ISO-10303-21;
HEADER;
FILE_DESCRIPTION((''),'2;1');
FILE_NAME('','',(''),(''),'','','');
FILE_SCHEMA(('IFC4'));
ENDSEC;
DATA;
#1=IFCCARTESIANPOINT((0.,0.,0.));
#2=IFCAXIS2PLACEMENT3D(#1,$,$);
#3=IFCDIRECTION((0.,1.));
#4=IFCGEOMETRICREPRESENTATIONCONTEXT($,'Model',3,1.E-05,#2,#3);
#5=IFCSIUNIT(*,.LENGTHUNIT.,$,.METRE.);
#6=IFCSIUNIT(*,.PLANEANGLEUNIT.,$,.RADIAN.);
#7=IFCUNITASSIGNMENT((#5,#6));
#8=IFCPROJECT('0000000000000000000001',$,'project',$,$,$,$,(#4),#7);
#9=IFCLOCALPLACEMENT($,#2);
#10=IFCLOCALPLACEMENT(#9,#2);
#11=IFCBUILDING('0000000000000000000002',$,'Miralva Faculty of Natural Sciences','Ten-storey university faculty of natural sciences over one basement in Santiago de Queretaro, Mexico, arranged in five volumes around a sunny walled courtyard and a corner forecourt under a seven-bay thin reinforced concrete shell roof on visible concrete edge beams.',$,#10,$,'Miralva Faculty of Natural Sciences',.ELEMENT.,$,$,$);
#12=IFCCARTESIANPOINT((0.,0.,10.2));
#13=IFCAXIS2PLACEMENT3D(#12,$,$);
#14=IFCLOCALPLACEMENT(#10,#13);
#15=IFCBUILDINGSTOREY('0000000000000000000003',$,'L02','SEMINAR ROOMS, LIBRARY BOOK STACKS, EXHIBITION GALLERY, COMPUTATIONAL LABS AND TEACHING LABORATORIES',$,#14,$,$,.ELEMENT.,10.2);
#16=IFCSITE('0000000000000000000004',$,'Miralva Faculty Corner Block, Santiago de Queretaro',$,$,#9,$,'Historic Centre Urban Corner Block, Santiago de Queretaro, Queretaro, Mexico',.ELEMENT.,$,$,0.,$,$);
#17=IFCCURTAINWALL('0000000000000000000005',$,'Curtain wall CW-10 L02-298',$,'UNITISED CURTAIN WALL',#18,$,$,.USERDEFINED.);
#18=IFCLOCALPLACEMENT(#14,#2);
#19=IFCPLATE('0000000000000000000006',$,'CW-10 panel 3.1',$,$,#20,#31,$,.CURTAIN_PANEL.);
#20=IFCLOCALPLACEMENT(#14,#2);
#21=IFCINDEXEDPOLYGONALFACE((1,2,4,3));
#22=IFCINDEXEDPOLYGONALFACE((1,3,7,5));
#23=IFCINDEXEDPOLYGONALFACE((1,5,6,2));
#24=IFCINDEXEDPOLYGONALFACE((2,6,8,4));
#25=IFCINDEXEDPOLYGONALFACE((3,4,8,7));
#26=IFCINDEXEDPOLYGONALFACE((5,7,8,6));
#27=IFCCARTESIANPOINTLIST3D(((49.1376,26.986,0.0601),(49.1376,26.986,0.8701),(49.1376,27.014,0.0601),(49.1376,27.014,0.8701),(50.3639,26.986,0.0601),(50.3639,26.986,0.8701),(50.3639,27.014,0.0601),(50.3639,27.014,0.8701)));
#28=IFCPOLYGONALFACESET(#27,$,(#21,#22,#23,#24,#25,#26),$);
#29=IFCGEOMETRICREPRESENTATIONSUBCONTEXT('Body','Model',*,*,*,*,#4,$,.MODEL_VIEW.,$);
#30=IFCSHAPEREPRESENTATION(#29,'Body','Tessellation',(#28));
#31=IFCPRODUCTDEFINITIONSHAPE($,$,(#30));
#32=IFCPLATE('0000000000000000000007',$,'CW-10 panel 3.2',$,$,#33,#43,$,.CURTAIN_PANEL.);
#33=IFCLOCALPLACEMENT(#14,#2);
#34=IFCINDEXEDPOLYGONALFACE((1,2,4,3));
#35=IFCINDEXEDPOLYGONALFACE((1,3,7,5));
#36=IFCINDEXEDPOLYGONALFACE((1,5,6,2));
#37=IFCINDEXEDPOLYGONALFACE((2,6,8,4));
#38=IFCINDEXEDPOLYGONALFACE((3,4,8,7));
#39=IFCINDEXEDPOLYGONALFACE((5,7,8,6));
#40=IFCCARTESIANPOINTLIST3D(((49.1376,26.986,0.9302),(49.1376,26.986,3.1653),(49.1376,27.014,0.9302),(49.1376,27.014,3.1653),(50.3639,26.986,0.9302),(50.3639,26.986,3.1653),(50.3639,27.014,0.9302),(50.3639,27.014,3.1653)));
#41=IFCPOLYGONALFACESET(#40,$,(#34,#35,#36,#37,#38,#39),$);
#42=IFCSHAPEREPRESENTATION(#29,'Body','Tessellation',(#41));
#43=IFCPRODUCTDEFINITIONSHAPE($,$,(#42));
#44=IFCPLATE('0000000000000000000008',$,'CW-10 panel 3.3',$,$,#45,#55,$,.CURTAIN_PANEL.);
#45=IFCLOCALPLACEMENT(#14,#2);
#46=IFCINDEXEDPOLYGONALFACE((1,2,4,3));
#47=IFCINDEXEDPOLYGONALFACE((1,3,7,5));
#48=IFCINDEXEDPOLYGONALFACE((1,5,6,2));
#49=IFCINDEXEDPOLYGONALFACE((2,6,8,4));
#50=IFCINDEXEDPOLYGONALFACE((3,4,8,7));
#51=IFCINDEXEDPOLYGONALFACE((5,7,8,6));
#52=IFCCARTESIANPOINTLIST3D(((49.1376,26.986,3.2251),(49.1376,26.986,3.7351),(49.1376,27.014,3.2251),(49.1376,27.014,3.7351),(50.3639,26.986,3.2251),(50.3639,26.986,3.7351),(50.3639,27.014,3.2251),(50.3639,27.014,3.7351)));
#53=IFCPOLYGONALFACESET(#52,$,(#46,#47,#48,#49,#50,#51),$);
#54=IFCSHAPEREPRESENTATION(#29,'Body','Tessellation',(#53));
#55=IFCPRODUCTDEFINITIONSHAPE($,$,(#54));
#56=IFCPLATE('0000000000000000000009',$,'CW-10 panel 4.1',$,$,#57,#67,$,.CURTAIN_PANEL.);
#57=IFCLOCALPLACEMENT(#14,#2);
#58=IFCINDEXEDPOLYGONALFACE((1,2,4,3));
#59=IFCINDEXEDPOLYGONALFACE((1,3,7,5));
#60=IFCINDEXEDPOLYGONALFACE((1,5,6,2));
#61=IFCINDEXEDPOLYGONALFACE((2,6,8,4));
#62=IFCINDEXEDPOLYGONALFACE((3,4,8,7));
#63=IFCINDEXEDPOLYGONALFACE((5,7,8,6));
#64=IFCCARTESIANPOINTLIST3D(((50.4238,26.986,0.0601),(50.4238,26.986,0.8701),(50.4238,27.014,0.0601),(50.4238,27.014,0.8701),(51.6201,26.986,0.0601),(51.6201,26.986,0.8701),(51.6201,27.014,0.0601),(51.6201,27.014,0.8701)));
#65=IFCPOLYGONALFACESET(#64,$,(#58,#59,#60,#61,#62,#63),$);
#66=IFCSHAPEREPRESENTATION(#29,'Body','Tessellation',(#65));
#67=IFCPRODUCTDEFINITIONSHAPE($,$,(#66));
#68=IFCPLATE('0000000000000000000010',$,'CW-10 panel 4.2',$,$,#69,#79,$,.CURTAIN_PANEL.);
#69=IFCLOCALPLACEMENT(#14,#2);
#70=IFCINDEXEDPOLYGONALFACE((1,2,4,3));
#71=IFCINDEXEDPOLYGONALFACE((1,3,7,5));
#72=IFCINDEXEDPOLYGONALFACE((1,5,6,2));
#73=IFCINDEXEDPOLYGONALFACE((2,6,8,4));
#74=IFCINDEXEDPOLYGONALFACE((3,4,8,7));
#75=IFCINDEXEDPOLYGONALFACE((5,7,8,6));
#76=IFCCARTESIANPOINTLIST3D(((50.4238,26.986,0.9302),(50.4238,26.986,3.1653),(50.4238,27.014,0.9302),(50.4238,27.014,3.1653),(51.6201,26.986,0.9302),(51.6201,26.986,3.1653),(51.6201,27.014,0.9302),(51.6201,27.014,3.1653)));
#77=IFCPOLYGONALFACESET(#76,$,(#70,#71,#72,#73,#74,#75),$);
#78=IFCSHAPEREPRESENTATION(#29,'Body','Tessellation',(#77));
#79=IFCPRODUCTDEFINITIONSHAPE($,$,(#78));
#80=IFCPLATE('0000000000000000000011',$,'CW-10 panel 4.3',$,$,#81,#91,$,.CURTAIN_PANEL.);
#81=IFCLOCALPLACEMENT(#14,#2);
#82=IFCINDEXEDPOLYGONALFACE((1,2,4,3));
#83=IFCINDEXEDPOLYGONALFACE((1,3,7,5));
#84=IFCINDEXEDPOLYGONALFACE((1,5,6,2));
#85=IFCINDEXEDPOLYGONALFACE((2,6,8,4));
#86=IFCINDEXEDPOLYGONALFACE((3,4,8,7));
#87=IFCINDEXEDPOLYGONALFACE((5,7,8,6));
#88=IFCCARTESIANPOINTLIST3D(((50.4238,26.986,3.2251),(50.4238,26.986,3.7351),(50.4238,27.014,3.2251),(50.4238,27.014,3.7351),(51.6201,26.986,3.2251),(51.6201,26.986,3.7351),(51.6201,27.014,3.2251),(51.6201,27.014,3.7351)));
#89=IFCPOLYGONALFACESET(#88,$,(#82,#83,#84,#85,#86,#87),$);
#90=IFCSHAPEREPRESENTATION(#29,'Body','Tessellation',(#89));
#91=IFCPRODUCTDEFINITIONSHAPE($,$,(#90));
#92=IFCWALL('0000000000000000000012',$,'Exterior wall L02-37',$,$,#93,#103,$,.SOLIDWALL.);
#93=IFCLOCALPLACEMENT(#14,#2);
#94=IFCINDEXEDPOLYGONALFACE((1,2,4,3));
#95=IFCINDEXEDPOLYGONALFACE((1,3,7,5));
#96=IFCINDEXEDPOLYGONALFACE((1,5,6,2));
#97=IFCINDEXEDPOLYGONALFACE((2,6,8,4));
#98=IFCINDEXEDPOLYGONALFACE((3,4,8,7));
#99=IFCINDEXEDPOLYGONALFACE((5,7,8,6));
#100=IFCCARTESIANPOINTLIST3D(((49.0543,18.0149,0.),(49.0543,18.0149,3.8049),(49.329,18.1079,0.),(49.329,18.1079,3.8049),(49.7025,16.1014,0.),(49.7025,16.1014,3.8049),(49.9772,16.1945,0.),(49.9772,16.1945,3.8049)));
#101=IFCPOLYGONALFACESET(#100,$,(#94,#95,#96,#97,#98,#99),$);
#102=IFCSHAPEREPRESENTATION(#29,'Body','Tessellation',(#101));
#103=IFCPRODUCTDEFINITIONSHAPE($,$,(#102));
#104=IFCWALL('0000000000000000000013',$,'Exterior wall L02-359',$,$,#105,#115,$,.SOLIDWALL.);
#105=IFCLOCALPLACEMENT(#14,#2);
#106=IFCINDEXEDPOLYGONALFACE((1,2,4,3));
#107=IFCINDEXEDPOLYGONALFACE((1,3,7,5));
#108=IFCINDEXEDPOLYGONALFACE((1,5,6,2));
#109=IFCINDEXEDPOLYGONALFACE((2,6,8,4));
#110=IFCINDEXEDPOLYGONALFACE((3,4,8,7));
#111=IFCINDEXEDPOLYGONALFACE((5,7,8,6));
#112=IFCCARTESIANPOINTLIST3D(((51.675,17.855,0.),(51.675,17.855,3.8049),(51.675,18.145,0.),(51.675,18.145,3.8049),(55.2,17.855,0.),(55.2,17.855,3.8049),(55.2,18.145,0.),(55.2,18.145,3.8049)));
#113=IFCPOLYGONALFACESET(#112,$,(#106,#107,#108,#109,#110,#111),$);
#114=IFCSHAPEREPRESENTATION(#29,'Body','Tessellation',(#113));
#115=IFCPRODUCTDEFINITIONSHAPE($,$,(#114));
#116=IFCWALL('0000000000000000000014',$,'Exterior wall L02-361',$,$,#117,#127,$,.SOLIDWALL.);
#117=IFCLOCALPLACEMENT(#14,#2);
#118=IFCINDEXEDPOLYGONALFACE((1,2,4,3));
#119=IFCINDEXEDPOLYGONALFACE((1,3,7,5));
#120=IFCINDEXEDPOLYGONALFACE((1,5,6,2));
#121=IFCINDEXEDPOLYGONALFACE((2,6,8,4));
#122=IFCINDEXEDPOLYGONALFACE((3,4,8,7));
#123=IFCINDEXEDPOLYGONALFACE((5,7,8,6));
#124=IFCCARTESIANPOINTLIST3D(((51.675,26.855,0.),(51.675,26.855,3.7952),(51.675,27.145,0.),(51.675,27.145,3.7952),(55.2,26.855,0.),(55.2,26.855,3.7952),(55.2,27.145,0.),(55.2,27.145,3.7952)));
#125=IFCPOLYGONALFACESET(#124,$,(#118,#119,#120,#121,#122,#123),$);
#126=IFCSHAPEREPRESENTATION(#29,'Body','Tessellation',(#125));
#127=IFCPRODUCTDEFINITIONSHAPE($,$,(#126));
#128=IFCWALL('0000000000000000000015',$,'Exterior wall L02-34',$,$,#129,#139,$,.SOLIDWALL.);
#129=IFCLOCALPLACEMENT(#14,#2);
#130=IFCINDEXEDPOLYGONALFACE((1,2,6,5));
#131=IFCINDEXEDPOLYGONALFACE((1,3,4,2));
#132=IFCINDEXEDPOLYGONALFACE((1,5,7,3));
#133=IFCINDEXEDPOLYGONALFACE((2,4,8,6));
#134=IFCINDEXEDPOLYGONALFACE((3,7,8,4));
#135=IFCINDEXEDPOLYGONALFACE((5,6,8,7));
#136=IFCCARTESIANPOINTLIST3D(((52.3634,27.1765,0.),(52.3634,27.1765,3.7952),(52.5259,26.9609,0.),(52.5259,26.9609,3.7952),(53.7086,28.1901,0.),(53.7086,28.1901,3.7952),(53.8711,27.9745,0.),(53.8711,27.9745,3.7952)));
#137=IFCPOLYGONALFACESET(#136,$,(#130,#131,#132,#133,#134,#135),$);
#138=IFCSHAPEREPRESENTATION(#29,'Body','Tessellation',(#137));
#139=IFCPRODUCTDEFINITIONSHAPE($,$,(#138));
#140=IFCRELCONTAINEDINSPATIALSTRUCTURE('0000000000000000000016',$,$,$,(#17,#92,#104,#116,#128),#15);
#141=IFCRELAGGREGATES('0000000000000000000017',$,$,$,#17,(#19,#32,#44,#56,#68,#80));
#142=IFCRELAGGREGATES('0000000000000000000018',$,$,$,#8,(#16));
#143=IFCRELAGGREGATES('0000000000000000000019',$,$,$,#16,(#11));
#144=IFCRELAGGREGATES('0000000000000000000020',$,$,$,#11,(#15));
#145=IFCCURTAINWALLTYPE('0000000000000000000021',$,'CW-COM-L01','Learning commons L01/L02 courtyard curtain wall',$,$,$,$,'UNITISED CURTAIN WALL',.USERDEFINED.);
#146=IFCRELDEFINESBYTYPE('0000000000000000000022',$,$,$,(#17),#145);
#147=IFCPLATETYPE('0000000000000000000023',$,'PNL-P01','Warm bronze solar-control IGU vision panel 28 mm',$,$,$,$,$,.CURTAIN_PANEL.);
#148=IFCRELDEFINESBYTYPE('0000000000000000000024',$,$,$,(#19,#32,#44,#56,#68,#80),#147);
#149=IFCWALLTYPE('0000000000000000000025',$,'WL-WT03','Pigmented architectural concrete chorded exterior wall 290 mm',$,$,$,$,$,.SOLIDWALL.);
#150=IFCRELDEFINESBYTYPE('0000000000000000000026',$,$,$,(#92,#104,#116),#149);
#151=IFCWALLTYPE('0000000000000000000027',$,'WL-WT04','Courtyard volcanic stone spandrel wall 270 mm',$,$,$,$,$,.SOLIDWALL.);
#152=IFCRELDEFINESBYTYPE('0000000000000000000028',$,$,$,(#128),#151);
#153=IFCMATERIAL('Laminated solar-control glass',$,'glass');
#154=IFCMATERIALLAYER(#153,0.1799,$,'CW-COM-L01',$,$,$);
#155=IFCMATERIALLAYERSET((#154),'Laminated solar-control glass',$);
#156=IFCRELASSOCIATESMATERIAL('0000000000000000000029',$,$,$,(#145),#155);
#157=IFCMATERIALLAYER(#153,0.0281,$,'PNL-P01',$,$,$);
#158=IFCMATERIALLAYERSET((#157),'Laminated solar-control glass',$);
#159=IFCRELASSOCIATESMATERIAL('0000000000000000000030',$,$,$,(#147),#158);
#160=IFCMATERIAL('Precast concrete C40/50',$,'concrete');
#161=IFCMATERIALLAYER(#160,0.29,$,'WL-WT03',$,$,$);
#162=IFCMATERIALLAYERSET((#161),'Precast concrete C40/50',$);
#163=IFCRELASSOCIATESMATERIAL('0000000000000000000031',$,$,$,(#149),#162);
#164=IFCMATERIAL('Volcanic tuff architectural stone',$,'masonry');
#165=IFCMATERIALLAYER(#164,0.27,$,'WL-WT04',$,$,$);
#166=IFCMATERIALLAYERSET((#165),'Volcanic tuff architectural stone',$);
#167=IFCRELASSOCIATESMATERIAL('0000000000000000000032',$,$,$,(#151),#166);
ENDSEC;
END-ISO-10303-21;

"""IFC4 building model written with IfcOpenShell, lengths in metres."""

from ifc_helpers import new_model, si_unit, direction, frame, frame_2d, origin, origin_2d, place, context, subcontext, project, spatial, rectangle, extrude, material, layer, layer_set, type_object, element, aggregate, save


model = new_model("IFC4")

# Units and contexts
model_context = context("Model", 3, precision=1e-05, world=origin(), true_north=direction((0.0, 1.0)))
body_context = subcontext(model_context, "Body", "Model", "MODEL_VIEW")
ifc_project = project(units=[si_unit("LENGTHUNIT", "METRE"), si_unit("PLANEANGLEUNIT", "RADIAN")], contexts=[model_context])

# Site, building, storey
site_placement = place(None, origin())
site = spatial("IfcSite", under=ifc_project, at=site_placement, Name="Miralva Faculty Corner Block, Santiago de Queretaro", LongName="Historic Centre Urban Corner Block, Santiago de Queretaro, Queretaro, Mexico", CompositionType="ELEMENT", RefElevation=0.0)
building_placement = place(site_placement, origin())
building = spatial("IfcBuilding", under=site, at=building_placement, Name="Miralva Faculty of Natural Sciences", Description="Ten-storey university faculty of natural sciences over one basement in Santiago de Queretaro, Mexico, arranged in five volumes around a sunny walled courtyard and a corner forecourt under a seven-bay thin reinforced concrete shell roof on visible concrete edge beams.", LongName="Miralva Faculty of Natural Sciences", CompositionType="ELEMENT")
storey_placement = place(building_placement, frame((0.0, 0.0, 10.2)))
storey = spatial("IfcBuildingStorey", under=building, at=storey_placement, Name="L02", Description="SEMINAR ROOMS, LIBRARY BOOK STACKS, EXHIBITION GALLERY, COMPUTATIONAL LABS AND TEACHING LABORATORIES", CompositionType="ELEMENT", Elevation=10.2)

# Shared definitions
ifc_material_1 = material(Name="Laminated solar-control glass", Category="glass")

# Curtain wall
ifc_layer_1 = layer(ifc_material_1, 0.1799, Name="CW-COM-L01")
ifc_layer_set_1 = layer_set([ifc_layer_1], Name="Laminated solar-control glass")
curtain_wall_type_1 = type_object("IfcCurtainWallType", Name="CW-COM-L01", Description="Learning commons L01/L02 courtyard curtain wall", ElementType="UNITISED CURTAIN WALL", PredefinedType="USERDEFINED", material=ifc_layer_set_1)
curtain_wall_1_placement = place(storey_placement, origin())
curtain_wall_1 = element("IfcCurtainWall", 1, at=curtain_wall_1_placement, inside=storey, type_object=curtain_wall_type_1, Name="Curtain wall CW-10 L02-298", ObjectType="UNITISED CURTAIN WALL", PredefinedType="USERDEFINED")

# Plates
ifc_layer_2 = layer(ifc_material_1, 0.0281, Name="PNL-P01")
ifc_layer_set_2 = layer_set([ifc_layer_2], Name="Laminated solar-control glass")
plate_type = type_object("IfcPlateType", Name="PNL-P01", Description="Warm bronze solar-control IGU vision panel 28 mm", PredefinedType="CURTAIN_PANEL", material=ifc_layer_set_2)
plate_1_placement = place(storey_placement, frame((49.7507, 27.0, 0.0601), z_axis=(0.0, 0.0, 1.0), x_axis=(1.0, 0.0, 0.0)))
plate_1 = element("IfcPlate", 2, at=plate_1_placement, type_object=plate_type, Name="CW-10 panel 3.1", PredefinedType="CURTAIN_PANEL", context=body_context, shape_type="SweptSolid", body=[
    extrude(rectangle(XDim=1.2263, YDim=0.0281, at=origin_2d()), origin(), (0.0, 0.0, 1.0), 0.8101),
])
plate_2_placement = place(storey_placement, frame((49.7507, 27.0, 0.9302), z_axis=(0.0, 0.0, 1.0), x_axis=(1.0, 0.0, 0.0)))
plate_2 = element("IfcPlate", 3, at=plate_2_placement, type_object=plate_type, Name="CW-10 panel 3.2", PredefinedType="CURTAIN_PANEL", context=body_context, shape_type="SweptSolid", body=[
    extrude(rectangle(XDim=1.2263, YDim=0.0281, at=origin_2d()), origin(), (0.0, 0.0, 1.0), 2.2351),
])
plate_3_placement = place(storey_placement, frame((49.7507, 27.0, 3.2251), z_axis=(0.0, 0.0, 1.0), x_axis=(1.0, 0.0, 0.0)))
plate_3 = element("IfcPlate", 4, at=plate_3_placement, type_object=plate_type, Name="CW-10 panel 3.3", PredefinedType="CURTAIN_PANEL", context=body_context, shape_type="SweptSolid", body=[
    extrude(rectangle(XDim=1.2263, YDim=0.0281, at=origin_2d()), origin(), (0.0, 0.0, 1.0), 0.51),
])
plate_4_placement = place(storey_placement, frame((51.022, 27.0, 0.0601), z_axis=(0.0, 0.0, 1.0), x_axis=(1.0, 0.0, 0.0)))
plate_4 = element("IfcPlate", 5, at=plate_4_placement, type_object=plate_type, Name="CW-10 panel 4.1", PredefinedType="CURTAIN_PANEL", context=body_context, shape_type="SweptSolid", body=[
    extrude(rectangle(XDim=1.1963, YDim=0.0281, at=origin_2d()), origin(), (0.0, 0.0, 1.0), 0.8101),
])
plate_5_placement = place(storey_placement, frame((51.022, 27.0, 0.9302), z_axis=(0.0, 0.0, 1.0), x_axis=(1.0, 0.0, 0.0)))
plate_5 = element("IfcPlate", 6, at=plate_5_placement, type_object=plate_type, Name="CW-10 panel 4.2", PredefinedType="CURTAIN_PANEL", context=body_context, shape_type="SweptSolid", body=[
    extrude(rectangle(XDim=1.1963, YDim=0.0281, at=origin_2d()), origin(), (0.0, 0.0, 1.0), 2.2351),
])
plate_6_placement = place(storey_placement, frame((51.022, 27.0, 3.2251), z_axis=(0.0, 0.0, 1.0), x_axis=(1.0, 0.0, 0.0)))
plate_6 = element("IfcPlate", 7, at=plate_6_placement, type_object=plate_type, Name="CW-10 panel 4.3", PredefinedType="CURTAIN_PANEL", context=body_context, shape_type="SweptSolid", body=[
    extrude(rectangle(XDim=1.1963, YDim=0.0281, at=origin_2d()), origin(), (0.0, 0.0, 1.0), 0.51),
])
aggregate(curtain_wall_1, [plate_1, plate_2, plate_3, plate_4, plate_5, plate_6])

# Walls
ifc_material_2 = material(Name="Precast concrete C40/50", Category="concrete")
ifc_layer_3 = layer(ifc_material_2, 0.29, Name="WL-WT03")
ifc_layer_set_3 = layer_set([ifc_layer_3], Name="Precast concrete C40/50")
wall_type_1 = type_object("IfcWallType", Name="WL-WT03", Description="Pigmented architectural concrete chorded exterior wall 290 mm", PredefinedType="SOLIDWALL", material=ifc_layer_set_3)
wall_1_placement = place(storey_placement, frame((49.1917, 18.0615, 0.0), z_axis=(0.0, 0.0, 1.0), x_axis=(0.320828, -0.947137, 0.0)))
element("IfcWall", 8, at=wall_1_placement, inside=storey, type_object=wall_type_1, Name="Exterior wall L02-37", PredefinedType="SOLIDWALL", context=body_context, shape_type="SweptSolid", body=[
    extrude(rectangle(XDim=2.0203, YDim=0.29, at=frame_2d((1.0103, 0.0))), origin(), (0.0, 0.0, 1.0), 3.8049),
])
wall_2_placement = place(storey_placement, frame((51.675, 18.0, 0.0), z_axis=(0.0, 0.0, 1.0), x_axis=(1.0, 0.0, 0.0)))
element("IfcWall", 9, at=wall_2_placement, inside=storey, type_object=wall_type_1, Name="Exterior wall L02-359", PredefinedType="SOLIDWALL", context=body_context, shape_type="SweptSolid", body=[
    extrude(rectangle(XDim=3.5249, YDim=0.29, at=frame_2d((1.7625, 0.0))), origin(), (0.0, 0.0, 1.0), 3.8049),
])
wall_3_placement = place(storey_placement, frame((51.675, 27.0, 0.0), z_axis=(0.0, 0.0, 1.0), x_axis=(1.0, 0.0, 0.0)))
element("IfcWall", 10, at=wall_3_placement, inside=storey, type_object=wall_type_1, Name="Exterior wall L02-361", PredefinedType="SOLIDWALL", context=body_context, shape_type="SweptSolid", body=[
    extrude(rectangle(XDim=3.5249, YDim=0.29, at=frame_2d((1.7625, 0.0))), origin(), (0.0, 0.0, 1.0), 3.7952),
])
ifc_material_3 = material(Name="Volcanic tuff architectural stone", Category="masonry")
ifc_layer_4 = layer(ifc_material_3, 0.27, Name="WL-WT04")
ifc_layer_set_4 = layer_set([ifc_layer_4], Name="Volcanic tuff architectural stone")
wall_type_2 = type_object("IfcWallType", Name="WL-WT04", Description="Courtyard volcanic stone spandrel wall 270 mm", PredefinedType="SOLIDWALL", material=ifc_layer_set_4)
wall_4_placement = place(storey_placement, frame((52.4446, 27.0686, 0.0), z_axis=(0.0, 0.0, 1.0), x_axis=(0.798641, 0.601807, 0.0)))
element("IfcWall", 11, at=wall_4_placement, inside=storey, type_object=wall_type_2, Name="Exterior wall L02-34", PredefinedType="SOLIDWALL", context=body_context, shape_type="SweptSolid", body=[
    extrude(rectangle(XDim=1.6843, YDim=0.27, at=frame_2d((0.8423, 0.0))), origin(), (0.0, 0.0, 1.0), 3.7952),
])

save(model, "model.ifc")
